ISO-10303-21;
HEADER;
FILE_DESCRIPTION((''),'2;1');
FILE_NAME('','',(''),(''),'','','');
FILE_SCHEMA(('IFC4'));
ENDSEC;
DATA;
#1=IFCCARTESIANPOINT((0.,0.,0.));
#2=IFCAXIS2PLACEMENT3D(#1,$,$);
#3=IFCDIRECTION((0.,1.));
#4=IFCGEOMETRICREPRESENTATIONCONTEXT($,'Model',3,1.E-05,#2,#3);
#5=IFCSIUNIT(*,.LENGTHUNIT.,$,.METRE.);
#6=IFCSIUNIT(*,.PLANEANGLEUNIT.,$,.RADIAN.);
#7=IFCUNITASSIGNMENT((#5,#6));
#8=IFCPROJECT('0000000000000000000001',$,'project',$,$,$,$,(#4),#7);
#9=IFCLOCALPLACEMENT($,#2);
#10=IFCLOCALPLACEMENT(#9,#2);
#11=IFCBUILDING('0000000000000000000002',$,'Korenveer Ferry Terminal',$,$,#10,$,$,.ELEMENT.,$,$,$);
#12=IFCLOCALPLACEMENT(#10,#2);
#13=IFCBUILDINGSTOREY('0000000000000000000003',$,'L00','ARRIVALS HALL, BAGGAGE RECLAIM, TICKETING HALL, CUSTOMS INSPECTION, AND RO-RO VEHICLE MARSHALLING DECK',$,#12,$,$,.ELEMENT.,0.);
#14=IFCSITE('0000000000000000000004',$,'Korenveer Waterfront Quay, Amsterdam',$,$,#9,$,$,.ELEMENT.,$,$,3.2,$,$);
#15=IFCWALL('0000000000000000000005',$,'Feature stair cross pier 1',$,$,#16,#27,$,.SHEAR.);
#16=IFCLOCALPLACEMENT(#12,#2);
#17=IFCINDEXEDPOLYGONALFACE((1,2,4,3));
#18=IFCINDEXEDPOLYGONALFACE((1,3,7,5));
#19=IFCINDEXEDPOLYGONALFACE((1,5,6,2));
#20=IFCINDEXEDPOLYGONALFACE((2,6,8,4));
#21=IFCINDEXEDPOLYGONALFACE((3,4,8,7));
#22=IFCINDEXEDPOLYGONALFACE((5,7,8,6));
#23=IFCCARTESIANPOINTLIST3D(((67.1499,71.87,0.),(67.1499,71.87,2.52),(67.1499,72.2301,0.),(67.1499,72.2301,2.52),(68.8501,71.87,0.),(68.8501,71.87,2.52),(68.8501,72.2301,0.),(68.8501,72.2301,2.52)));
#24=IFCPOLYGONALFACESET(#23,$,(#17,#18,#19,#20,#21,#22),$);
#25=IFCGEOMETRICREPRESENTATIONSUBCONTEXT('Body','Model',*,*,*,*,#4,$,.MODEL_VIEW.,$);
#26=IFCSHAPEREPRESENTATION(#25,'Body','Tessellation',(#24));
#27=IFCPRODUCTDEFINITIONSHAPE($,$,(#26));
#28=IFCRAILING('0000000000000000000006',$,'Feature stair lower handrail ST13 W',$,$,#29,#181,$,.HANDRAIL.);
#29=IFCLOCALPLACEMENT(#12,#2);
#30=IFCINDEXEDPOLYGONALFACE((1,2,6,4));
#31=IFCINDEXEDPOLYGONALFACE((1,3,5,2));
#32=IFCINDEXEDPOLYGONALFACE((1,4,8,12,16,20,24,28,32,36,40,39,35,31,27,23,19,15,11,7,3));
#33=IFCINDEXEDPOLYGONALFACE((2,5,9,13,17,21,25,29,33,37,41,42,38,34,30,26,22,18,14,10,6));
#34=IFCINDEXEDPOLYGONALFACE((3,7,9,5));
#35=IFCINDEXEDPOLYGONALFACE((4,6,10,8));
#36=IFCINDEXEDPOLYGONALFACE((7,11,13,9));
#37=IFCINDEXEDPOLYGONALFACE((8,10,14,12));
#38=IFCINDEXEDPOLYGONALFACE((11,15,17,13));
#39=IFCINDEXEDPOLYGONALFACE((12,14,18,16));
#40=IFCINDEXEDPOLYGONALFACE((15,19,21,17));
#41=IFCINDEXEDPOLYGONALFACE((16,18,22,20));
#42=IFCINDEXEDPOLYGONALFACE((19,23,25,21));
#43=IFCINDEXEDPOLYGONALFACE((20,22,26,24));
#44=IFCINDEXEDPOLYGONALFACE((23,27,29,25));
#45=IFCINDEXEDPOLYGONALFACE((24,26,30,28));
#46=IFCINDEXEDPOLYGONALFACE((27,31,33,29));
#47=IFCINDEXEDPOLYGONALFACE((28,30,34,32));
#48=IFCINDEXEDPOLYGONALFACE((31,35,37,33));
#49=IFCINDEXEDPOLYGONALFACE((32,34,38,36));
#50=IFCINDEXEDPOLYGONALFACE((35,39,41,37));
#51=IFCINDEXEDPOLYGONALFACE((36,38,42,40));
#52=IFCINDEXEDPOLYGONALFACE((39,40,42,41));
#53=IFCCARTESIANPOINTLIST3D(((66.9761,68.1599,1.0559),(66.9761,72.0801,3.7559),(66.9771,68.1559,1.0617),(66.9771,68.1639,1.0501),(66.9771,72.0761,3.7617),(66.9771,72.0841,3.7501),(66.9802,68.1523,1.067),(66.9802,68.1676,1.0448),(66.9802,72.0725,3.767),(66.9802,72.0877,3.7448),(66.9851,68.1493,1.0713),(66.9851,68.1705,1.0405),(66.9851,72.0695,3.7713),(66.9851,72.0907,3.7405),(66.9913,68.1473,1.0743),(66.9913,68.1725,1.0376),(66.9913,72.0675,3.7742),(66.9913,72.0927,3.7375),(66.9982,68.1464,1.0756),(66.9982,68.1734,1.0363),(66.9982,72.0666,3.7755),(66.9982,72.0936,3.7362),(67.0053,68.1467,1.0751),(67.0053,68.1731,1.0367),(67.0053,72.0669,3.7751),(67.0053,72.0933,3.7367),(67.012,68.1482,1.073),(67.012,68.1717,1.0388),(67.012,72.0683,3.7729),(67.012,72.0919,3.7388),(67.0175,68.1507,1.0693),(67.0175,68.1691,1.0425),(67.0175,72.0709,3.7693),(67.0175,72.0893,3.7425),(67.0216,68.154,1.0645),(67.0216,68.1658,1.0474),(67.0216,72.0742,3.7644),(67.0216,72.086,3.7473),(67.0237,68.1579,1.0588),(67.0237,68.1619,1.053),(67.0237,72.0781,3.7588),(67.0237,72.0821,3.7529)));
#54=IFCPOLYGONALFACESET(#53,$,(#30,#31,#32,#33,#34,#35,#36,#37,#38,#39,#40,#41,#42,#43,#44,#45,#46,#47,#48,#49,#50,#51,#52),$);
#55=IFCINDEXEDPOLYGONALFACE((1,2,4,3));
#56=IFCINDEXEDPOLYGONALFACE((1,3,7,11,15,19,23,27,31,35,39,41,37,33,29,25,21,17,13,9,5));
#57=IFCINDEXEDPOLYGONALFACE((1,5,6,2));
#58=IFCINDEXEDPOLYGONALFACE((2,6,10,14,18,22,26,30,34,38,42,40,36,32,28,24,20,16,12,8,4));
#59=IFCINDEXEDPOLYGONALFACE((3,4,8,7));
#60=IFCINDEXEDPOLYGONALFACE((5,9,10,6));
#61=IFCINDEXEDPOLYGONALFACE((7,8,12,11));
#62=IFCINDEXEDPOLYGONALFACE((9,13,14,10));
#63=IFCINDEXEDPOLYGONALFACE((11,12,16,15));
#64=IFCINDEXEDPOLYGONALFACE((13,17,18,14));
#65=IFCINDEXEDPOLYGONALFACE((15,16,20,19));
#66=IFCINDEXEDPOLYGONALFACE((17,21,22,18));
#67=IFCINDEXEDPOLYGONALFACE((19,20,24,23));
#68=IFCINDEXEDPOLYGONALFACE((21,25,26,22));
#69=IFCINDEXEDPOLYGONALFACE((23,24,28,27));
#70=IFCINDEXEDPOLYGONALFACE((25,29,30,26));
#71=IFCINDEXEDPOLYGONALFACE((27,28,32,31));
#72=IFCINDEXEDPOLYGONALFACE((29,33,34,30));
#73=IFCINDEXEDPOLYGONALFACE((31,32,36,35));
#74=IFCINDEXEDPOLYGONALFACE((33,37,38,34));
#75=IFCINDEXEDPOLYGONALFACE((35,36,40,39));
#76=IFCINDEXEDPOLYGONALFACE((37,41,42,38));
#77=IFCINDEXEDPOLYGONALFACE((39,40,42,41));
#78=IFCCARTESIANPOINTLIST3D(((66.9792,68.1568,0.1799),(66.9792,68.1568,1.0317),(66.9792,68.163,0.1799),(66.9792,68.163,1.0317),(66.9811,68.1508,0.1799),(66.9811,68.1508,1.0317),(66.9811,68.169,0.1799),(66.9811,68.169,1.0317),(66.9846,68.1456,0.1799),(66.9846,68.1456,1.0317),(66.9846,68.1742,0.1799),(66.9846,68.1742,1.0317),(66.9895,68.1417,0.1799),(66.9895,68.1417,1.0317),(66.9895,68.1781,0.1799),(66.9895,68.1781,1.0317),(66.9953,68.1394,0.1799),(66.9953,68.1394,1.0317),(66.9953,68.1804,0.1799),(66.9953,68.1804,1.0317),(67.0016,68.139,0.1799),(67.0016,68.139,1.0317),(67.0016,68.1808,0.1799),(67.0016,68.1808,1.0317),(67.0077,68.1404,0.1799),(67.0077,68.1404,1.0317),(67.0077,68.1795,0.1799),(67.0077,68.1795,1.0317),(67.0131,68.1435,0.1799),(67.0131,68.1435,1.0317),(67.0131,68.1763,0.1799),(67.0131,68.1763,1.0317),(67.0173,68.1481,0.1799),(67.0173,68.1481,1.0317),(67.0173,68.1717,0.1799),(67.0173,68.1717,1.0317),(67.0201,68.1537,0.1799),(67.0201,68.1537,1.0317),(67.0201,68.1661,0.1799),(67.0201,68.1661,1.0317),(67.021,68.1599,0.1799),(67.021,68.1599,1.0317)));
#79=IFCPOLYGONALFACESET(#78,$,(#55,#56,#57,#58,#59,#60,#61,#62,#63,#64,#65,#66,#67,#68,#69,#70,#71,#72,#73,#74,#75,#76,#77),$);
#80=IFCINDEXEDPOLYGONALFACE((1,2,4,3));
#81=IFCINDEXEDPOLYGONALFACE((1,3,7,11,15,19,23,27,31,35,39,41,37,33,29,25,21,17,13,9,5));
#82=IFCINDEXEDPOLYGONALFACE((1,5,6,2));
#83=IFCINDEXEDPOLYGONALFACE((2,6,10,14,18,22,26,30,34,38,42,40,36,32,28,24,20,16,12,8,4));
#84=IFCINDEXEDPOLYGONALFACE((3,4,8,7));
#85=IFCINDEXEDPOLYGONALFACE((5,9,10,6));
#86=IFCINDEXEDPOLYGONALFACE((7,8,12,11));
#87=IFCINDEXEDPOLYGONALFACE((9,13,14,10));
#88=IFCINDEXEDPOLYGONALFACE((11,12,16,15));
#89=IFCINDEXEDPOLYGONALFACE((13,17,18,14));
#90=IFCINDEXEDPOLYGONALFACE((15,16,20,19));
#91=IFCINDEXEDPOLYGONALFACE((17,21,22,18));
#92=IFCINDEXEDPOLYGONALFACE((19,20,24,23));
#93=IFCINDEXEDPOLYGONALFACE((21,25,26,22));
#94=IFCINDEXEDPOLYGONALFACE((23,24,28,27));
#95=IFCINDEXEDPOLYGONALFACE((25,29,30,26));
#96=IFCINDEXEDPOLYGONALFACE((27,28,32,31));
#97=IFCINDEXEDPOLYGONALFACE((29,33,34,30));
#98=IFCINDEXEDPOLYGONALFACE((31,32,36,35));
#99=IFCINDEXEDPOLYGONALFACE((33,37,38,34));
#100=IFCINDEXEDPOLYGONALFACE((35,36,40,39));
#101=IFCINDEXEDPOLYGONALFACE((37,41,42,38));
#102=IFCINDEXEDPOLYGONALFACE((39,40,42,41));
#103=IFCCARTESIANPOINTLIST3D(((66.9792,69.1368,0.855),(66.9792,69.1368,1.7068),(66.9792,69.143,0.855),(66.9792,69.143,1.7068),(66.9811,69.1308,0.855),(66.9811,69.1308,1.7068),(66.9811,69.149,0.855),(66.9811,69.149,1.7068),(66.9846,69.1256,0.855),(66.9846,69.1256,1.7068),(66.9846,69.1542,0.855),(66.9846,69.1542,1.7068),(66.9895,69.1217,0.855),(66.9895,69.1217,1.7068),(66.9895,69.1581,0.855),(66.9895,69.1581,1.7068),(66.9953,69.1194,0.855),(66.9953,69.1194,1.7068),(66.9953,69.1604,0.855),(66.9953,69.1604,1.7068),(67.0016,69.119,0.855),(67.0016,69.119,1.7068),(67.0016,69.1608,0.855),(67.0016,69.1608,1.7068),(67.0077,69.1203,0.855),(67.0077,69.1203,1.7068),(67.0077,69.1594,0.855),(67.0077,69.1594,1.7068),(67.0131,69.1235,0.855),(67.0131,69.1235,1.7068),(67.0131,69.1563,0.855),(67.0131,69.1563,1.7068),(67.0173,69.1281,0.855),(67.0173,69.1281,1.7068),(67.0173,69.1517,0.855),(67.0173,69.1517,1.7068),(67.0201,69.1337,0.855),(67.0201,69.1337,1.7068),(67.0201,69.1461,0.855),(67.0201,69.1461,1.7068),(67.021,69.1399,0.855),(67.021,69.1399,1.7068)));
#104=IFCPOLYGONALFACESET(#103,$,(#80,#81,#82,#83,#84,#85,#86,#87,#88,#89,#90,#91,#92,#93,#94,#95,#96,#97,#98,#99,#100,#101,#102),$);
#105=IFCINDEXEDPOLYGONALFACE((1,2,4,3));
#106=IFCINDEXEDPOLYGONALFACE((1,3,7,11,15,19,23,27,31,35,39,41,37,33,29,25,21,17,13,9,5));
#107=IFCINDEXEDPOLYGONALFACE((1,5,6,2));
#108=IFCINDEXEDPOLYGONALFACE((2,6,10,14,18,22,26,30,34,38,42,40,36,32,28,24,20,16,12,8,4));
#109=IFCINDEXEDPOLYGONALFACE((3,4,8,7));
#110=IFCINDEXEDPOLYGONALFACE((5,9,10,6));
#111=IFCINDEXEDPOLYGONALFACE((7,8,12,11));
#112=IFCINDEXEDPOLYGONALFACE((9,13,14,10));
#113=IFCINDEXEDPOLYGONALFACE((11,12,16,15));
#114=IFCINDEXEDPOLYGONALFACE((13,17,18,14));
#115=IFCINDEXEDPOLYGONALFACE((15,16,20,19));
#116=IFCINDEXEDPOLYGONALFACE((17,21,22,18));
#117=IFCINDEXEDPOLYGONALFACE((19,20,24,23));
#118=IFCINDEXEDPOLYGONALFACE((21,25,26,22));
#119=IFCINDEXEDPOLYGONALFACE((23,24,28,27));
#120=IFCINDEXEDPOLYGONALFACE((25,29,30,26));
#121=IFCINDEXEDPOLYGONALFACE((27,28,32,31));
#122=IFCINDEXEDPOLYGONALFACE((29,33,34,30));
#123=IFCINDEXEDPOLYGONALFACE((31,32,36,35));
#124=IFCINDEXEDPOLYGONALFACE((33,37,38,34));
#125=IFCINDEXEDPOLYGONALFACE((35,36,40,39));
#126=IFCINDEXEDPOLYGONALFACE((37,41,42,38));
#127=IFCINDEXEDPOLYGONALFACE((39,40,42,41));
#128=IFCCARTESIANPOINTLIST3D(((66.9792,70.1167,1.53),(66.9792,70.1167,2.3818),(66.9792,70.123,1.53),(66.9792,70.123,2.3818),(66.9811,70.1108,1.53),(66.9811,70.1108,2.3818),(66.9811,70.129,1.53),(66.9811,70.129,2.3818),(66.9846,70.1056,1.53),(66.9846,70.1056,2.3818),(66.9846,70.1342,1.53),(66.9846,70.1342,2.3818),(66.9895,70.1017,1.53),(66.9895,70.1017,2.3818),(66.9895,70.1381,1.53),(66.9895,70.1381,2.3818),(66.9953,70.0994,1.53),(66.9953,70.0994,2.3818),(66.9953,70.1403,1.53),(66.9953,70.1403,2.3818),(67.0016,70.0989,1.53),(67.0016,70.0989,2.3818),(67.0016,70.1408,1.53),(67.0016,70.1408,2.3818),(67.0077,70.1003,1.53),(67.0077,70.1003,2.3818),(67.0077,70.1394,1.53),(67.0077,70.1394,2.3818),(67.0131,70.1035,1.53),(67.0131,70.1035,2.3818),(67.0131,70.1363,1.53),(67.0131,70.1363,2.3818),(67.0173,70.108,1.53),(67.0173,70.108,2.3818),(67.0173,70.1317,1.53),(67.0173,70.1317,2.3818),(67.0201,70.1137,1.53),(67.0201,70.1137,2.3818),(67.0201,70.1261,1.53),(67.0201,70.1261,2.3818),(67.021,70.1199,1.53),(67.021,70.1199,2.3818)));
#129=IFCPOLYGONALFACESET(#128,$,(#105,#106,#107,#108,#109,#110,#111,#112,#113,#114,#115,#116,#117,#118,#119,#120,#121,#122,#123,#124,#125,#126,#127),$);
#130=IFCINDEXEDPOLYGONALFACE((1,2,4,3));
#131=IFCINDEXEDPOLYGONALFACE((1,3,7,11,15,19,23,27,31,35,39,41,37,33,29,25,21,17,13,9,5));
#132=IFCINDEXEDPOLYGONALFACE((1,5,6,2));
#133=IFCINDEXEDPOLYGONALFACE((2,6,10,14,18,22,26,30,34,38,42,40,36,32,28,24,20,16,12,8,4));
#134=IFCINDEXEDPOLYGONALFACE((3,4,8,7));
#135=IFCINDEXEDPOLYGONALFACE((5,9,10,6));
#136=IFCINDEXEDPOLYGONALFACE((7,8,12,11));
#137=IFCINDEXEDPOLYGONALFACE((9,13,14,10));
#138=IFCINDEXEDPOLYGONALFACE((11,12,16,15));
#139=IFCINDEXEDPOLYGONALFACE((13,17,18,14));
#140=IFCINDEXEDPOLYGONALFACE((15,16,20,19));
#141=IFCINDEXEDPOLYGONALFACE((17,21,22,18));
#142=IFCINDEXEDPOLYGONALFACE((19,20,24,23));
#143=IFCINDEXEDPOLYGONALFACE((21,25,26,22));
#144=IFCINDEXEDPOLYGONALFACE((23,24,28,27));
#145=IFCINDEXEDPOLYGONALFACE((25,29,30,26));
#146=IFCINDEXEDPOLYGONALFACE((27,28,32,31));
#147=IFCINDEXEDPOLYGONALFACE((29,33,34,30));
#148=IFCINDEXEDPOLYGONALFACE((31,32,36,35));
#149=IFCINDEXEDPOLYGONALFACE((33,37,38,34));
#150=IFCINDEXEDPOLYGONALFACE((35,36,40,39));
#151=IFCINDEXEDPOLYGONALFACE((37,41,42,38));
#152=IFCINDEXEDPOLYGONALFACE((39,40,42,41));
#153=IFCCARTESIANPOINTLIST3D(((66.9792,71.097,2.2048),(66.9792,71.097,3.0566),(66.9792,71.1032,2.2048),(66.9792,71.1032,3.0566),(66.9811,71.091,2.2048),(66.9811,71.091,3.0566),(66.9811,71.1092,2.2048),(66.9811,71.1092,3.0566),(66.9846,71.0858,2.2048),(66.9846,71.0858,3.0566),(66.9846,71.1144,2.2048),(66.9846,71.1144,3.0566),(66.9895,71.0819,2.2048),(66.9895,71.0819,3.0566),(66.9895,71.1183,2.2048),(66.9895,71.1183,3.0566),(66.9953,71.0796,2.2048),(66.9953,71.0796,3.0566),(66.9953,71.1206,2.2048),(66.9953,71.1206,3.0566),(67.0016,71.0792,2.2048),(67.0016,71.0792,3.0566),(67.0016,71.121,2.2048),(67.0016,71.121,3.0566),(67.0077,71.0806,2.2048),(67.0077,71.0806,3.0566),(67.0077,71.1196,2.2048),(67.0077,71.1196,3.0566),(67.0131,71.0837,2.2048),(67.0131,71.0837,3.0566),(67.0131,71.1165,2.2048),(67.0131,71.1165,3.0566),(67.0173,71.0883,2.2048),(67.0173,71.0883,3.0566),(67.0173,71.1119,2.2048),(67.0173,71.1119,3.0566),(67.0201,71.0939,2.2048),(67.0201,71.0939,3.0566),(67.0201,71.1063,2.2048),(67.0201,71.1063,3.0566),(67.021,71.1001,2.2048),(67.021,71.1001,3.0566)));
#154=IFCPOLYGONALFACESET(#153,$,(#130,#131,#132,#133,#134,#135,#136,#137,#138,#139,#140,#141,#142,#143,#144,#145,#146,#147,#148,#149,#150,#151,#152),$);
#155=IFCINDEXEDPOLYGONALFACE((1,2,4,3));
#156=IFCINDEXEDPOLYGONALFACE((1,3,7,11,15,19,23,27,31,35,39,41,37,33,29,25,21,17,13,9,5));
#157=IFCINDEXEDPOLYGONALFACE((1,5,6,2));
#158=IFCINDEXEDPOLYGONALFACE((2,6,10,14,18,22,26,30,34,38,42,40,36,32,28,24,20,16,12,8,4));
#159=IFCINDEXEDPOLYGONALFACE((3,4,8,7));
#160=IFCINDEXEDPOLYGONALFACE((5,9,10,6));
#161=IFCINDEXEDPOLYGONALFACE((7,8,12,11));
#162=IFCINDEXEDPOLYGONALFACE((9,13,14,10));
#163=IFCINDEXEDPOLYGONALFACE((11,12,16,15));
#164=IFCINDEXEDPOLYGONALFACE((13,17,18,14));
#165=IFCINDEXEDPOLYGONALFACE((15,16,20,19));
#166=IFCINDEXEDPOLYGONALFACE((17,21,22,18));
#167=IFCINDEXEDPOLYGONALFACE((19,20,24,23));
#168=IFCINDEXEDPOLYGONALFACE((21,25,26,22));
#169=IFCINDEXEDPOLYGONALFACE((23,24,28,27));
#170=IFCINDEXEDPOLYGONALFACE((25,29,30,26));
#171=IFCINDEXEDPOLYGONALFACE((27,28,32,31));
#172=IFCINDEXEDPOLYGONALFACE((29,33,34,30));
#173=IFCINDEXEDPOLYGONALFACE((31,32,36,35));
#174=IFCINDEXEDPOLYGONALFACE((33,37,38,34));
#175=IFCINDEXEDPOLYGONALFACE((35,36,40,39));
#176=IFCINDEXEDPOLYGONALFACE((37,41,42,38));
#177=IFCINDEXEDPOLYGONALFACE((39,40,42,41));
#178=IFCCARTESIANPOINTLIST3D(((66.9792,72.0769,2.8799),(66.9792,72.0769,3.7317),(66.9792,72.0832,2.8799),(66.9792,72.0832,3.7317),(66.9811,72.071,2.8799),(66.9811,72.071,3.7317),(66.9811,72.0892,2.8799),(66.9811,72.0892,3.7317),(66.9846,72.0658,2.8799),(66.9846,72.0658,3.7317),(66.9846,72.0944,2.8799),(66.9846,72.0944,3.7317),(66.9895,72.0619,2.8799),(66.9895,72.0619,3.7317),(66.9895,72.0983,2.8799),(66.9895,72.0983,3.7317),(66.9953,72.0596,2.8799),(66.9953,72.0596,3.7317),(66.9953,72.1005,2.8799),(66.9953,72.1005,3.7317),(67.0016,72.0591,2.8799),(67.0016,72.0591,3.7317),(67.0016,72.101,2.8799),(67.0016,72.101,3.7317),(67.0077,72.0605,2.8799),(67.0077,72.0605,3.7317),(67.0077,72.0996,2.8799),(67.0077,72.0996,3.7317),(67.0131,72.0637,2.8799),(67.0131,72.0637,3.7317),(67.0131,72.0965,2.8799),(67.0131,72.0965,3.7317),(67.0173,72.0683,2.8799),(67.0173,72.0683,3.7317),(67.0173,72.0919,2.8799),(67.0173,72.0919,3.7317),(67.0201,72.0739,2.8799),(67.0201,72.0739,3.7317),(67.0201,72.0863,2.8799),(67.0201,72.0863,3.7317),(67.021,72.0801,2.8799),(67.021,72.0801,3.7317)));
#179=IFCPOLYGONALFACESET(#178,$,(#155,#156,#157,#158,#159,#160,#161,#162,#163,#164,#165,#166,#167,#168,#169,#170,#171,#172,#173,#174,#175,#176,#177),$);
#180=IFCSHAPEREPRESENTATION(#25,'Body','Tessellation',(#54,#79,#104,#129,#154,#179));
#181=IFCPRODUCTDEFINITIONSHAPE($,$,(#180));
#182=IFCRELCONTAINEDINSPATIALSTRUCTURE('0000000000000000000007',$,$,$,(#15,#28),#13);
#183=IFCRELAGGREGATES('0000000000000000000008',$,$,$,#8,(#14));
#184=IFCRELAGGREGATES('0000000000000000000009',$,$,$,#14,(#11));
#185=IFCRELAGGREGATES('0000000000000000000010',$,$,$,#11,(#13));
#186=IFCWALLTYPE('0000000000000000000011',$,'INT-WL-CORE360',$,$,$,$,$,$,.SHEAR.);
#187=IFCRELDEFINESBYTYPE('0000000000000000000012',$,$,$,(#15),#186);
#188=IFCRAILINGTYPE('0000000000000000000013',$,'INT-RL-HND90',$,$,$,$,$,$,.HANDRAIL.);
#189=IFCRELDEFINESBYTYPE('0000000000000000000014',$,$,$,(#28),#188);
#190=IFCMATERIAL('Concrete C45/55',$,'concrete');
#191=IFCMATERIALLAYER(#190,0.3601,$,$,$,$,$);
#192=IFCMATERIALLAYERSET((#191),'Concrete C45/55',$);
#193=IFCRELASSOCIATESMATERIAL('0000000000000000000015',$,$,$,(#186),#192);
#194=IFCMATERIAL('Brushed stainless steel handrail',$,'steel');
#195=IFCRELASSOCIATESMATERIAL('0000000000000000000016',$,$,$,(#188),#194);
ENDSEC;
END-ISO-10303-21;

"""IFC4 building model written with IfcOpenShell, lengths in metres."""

from ifc_helpers import new_model, si_unit, direction, frame, frame_2d, origin, origin_2d, place, context, subcontext, project, spatial, rectangle, circle, extrude, material, layer, layer_set, type_object, element, save


model = new_model("IFC4")

# Units and contexts
model_context = context("Model", 3, precision=1e-05, world=origin(), true_north=direction((0.0, 1.0)))
body_context = subcontext(model_context, "Body", "Model", "MODEL_VIEW")
ifc_project = project(units=[si_unit("LENGTHUNIT", "METRE"), si_unit("PLANEANGLEUNIT", "RADIAN")], contexts=[model_context])

# Site, building, storey
site_placement = place(None, origin())
site = spatial("IfcSite", under=ifc_project, at=site_placement, Name="Korenveer Waterfront Quay, Amsterdam", CompositionType="ELEMENT", RefElevation=3.2)
building_placement = place(site_placement, origin())
building = spatial("IfcBuilding", under=site, at=building_placement, Name="Korenveer Ferry Terminal", CompositionType="ELEMENT")
storey_placement = place(building_placement, origin())
storey = spatial("IfcBuildingStorey", under=building, at=storey_placement, Name="L00", Description="ARRIVALS HALL, BAGGAGE RECLAIM, TICKETING HALL, CUSTOMS INSPECTION, AND RO-RO VEHICLE MARSHALLING DECK", CompositionType="ELEMENT", Elevation=0.0)

# Shared definitions
ifc_material_1 = material(Name="Concrete C45/55", Category="concrete")

# Wall
ifc_layer = layer(ifc_material_1, 0.3601)
ifc_layer_set = layer_set([ifc_layer], Name="Concrete C45/55")
wall_type = type_object("IfcWallType", Name="INT-WL-CORE360", PredefinedType="SHEAR", material=ifc_layer_set)
wall_1_placement = place(storey_placement, frame((67.1499, 72.05, 0.0), z_axis=(0.0, 0.0, 1.0), x_axis=(1.0, 0.0, 0.0)))
element("IfcWall", 1, at=wall_1_placement, inside=storey, type_object=wall_type, Name="Feature stair cross pier 1", PredefinedType="SHEAR", context=body_context, shape_type="SweptSolid", body=[
    extrude(rectangle(XDim=1.7002, YDim=0.3601, at=frame_2d((0.8501, 0.0))), origin(), (0.0, 0.0, 1.0), 2.52),
])

# Railing
ifc_material_2 = material(Name="Brushed stainless steel handrail", Category="steel")
railing_type_1 = type_object("IfcRailingType", Name="INT-RL-HND90", PredefinedType="HANDRAIL", material=ifc_material_2)
railing_1_placement = place(storey_placement, frame((67.0, 68.1599, 0.1799)))
element("IfcRailing", 2, at=railing_1_placement, inside=storey, type_object=railing_type_1, Name="Feature stair lower handrail ST13 W", PredefinedType="HANDRAIL", context=body_context, shape_type="SweptSolid", body=[
    extrude(circle(Radius=0.0239, at=origin_2d()), frame((0.0, 0.0, 0.876), z_axis=(0.0, 0.823567, 0.567219), x_axis=(-1.0, 0.0, 0.0)), (0.0, 0.0, 1.0), 4.76),
    extrude(circle(Radius=0.021, at=origin_2d()), origin(), (0.0, 0.0, 1.0), 0.8518),
    extrude(circle(Radius=0.021, at=origin_2d()), frame((0.0, 0.98, 0.675)), (0.0, 0.0, 1.0), 0.8518),
    extrude(circle(Radius=0.021, at=origin_2d()), frame((0.0, 1.96, 1.3501)), (0.0, 0.0, 1.0), 0.8518),
    extrude(circle(Radius=0.021, at=origin_2d()), frame((0.0, 2.9402, 2.0249)), (0.0, 0.0, 1.0), 0.8518),
    extrude(circle(Radius=0.021, at=origin_2d()), frame((0.0, 3.9202, 2.7)), (0.0, 0.0, 1.0), 0.8518),
])

save(model, "model.ifc")
